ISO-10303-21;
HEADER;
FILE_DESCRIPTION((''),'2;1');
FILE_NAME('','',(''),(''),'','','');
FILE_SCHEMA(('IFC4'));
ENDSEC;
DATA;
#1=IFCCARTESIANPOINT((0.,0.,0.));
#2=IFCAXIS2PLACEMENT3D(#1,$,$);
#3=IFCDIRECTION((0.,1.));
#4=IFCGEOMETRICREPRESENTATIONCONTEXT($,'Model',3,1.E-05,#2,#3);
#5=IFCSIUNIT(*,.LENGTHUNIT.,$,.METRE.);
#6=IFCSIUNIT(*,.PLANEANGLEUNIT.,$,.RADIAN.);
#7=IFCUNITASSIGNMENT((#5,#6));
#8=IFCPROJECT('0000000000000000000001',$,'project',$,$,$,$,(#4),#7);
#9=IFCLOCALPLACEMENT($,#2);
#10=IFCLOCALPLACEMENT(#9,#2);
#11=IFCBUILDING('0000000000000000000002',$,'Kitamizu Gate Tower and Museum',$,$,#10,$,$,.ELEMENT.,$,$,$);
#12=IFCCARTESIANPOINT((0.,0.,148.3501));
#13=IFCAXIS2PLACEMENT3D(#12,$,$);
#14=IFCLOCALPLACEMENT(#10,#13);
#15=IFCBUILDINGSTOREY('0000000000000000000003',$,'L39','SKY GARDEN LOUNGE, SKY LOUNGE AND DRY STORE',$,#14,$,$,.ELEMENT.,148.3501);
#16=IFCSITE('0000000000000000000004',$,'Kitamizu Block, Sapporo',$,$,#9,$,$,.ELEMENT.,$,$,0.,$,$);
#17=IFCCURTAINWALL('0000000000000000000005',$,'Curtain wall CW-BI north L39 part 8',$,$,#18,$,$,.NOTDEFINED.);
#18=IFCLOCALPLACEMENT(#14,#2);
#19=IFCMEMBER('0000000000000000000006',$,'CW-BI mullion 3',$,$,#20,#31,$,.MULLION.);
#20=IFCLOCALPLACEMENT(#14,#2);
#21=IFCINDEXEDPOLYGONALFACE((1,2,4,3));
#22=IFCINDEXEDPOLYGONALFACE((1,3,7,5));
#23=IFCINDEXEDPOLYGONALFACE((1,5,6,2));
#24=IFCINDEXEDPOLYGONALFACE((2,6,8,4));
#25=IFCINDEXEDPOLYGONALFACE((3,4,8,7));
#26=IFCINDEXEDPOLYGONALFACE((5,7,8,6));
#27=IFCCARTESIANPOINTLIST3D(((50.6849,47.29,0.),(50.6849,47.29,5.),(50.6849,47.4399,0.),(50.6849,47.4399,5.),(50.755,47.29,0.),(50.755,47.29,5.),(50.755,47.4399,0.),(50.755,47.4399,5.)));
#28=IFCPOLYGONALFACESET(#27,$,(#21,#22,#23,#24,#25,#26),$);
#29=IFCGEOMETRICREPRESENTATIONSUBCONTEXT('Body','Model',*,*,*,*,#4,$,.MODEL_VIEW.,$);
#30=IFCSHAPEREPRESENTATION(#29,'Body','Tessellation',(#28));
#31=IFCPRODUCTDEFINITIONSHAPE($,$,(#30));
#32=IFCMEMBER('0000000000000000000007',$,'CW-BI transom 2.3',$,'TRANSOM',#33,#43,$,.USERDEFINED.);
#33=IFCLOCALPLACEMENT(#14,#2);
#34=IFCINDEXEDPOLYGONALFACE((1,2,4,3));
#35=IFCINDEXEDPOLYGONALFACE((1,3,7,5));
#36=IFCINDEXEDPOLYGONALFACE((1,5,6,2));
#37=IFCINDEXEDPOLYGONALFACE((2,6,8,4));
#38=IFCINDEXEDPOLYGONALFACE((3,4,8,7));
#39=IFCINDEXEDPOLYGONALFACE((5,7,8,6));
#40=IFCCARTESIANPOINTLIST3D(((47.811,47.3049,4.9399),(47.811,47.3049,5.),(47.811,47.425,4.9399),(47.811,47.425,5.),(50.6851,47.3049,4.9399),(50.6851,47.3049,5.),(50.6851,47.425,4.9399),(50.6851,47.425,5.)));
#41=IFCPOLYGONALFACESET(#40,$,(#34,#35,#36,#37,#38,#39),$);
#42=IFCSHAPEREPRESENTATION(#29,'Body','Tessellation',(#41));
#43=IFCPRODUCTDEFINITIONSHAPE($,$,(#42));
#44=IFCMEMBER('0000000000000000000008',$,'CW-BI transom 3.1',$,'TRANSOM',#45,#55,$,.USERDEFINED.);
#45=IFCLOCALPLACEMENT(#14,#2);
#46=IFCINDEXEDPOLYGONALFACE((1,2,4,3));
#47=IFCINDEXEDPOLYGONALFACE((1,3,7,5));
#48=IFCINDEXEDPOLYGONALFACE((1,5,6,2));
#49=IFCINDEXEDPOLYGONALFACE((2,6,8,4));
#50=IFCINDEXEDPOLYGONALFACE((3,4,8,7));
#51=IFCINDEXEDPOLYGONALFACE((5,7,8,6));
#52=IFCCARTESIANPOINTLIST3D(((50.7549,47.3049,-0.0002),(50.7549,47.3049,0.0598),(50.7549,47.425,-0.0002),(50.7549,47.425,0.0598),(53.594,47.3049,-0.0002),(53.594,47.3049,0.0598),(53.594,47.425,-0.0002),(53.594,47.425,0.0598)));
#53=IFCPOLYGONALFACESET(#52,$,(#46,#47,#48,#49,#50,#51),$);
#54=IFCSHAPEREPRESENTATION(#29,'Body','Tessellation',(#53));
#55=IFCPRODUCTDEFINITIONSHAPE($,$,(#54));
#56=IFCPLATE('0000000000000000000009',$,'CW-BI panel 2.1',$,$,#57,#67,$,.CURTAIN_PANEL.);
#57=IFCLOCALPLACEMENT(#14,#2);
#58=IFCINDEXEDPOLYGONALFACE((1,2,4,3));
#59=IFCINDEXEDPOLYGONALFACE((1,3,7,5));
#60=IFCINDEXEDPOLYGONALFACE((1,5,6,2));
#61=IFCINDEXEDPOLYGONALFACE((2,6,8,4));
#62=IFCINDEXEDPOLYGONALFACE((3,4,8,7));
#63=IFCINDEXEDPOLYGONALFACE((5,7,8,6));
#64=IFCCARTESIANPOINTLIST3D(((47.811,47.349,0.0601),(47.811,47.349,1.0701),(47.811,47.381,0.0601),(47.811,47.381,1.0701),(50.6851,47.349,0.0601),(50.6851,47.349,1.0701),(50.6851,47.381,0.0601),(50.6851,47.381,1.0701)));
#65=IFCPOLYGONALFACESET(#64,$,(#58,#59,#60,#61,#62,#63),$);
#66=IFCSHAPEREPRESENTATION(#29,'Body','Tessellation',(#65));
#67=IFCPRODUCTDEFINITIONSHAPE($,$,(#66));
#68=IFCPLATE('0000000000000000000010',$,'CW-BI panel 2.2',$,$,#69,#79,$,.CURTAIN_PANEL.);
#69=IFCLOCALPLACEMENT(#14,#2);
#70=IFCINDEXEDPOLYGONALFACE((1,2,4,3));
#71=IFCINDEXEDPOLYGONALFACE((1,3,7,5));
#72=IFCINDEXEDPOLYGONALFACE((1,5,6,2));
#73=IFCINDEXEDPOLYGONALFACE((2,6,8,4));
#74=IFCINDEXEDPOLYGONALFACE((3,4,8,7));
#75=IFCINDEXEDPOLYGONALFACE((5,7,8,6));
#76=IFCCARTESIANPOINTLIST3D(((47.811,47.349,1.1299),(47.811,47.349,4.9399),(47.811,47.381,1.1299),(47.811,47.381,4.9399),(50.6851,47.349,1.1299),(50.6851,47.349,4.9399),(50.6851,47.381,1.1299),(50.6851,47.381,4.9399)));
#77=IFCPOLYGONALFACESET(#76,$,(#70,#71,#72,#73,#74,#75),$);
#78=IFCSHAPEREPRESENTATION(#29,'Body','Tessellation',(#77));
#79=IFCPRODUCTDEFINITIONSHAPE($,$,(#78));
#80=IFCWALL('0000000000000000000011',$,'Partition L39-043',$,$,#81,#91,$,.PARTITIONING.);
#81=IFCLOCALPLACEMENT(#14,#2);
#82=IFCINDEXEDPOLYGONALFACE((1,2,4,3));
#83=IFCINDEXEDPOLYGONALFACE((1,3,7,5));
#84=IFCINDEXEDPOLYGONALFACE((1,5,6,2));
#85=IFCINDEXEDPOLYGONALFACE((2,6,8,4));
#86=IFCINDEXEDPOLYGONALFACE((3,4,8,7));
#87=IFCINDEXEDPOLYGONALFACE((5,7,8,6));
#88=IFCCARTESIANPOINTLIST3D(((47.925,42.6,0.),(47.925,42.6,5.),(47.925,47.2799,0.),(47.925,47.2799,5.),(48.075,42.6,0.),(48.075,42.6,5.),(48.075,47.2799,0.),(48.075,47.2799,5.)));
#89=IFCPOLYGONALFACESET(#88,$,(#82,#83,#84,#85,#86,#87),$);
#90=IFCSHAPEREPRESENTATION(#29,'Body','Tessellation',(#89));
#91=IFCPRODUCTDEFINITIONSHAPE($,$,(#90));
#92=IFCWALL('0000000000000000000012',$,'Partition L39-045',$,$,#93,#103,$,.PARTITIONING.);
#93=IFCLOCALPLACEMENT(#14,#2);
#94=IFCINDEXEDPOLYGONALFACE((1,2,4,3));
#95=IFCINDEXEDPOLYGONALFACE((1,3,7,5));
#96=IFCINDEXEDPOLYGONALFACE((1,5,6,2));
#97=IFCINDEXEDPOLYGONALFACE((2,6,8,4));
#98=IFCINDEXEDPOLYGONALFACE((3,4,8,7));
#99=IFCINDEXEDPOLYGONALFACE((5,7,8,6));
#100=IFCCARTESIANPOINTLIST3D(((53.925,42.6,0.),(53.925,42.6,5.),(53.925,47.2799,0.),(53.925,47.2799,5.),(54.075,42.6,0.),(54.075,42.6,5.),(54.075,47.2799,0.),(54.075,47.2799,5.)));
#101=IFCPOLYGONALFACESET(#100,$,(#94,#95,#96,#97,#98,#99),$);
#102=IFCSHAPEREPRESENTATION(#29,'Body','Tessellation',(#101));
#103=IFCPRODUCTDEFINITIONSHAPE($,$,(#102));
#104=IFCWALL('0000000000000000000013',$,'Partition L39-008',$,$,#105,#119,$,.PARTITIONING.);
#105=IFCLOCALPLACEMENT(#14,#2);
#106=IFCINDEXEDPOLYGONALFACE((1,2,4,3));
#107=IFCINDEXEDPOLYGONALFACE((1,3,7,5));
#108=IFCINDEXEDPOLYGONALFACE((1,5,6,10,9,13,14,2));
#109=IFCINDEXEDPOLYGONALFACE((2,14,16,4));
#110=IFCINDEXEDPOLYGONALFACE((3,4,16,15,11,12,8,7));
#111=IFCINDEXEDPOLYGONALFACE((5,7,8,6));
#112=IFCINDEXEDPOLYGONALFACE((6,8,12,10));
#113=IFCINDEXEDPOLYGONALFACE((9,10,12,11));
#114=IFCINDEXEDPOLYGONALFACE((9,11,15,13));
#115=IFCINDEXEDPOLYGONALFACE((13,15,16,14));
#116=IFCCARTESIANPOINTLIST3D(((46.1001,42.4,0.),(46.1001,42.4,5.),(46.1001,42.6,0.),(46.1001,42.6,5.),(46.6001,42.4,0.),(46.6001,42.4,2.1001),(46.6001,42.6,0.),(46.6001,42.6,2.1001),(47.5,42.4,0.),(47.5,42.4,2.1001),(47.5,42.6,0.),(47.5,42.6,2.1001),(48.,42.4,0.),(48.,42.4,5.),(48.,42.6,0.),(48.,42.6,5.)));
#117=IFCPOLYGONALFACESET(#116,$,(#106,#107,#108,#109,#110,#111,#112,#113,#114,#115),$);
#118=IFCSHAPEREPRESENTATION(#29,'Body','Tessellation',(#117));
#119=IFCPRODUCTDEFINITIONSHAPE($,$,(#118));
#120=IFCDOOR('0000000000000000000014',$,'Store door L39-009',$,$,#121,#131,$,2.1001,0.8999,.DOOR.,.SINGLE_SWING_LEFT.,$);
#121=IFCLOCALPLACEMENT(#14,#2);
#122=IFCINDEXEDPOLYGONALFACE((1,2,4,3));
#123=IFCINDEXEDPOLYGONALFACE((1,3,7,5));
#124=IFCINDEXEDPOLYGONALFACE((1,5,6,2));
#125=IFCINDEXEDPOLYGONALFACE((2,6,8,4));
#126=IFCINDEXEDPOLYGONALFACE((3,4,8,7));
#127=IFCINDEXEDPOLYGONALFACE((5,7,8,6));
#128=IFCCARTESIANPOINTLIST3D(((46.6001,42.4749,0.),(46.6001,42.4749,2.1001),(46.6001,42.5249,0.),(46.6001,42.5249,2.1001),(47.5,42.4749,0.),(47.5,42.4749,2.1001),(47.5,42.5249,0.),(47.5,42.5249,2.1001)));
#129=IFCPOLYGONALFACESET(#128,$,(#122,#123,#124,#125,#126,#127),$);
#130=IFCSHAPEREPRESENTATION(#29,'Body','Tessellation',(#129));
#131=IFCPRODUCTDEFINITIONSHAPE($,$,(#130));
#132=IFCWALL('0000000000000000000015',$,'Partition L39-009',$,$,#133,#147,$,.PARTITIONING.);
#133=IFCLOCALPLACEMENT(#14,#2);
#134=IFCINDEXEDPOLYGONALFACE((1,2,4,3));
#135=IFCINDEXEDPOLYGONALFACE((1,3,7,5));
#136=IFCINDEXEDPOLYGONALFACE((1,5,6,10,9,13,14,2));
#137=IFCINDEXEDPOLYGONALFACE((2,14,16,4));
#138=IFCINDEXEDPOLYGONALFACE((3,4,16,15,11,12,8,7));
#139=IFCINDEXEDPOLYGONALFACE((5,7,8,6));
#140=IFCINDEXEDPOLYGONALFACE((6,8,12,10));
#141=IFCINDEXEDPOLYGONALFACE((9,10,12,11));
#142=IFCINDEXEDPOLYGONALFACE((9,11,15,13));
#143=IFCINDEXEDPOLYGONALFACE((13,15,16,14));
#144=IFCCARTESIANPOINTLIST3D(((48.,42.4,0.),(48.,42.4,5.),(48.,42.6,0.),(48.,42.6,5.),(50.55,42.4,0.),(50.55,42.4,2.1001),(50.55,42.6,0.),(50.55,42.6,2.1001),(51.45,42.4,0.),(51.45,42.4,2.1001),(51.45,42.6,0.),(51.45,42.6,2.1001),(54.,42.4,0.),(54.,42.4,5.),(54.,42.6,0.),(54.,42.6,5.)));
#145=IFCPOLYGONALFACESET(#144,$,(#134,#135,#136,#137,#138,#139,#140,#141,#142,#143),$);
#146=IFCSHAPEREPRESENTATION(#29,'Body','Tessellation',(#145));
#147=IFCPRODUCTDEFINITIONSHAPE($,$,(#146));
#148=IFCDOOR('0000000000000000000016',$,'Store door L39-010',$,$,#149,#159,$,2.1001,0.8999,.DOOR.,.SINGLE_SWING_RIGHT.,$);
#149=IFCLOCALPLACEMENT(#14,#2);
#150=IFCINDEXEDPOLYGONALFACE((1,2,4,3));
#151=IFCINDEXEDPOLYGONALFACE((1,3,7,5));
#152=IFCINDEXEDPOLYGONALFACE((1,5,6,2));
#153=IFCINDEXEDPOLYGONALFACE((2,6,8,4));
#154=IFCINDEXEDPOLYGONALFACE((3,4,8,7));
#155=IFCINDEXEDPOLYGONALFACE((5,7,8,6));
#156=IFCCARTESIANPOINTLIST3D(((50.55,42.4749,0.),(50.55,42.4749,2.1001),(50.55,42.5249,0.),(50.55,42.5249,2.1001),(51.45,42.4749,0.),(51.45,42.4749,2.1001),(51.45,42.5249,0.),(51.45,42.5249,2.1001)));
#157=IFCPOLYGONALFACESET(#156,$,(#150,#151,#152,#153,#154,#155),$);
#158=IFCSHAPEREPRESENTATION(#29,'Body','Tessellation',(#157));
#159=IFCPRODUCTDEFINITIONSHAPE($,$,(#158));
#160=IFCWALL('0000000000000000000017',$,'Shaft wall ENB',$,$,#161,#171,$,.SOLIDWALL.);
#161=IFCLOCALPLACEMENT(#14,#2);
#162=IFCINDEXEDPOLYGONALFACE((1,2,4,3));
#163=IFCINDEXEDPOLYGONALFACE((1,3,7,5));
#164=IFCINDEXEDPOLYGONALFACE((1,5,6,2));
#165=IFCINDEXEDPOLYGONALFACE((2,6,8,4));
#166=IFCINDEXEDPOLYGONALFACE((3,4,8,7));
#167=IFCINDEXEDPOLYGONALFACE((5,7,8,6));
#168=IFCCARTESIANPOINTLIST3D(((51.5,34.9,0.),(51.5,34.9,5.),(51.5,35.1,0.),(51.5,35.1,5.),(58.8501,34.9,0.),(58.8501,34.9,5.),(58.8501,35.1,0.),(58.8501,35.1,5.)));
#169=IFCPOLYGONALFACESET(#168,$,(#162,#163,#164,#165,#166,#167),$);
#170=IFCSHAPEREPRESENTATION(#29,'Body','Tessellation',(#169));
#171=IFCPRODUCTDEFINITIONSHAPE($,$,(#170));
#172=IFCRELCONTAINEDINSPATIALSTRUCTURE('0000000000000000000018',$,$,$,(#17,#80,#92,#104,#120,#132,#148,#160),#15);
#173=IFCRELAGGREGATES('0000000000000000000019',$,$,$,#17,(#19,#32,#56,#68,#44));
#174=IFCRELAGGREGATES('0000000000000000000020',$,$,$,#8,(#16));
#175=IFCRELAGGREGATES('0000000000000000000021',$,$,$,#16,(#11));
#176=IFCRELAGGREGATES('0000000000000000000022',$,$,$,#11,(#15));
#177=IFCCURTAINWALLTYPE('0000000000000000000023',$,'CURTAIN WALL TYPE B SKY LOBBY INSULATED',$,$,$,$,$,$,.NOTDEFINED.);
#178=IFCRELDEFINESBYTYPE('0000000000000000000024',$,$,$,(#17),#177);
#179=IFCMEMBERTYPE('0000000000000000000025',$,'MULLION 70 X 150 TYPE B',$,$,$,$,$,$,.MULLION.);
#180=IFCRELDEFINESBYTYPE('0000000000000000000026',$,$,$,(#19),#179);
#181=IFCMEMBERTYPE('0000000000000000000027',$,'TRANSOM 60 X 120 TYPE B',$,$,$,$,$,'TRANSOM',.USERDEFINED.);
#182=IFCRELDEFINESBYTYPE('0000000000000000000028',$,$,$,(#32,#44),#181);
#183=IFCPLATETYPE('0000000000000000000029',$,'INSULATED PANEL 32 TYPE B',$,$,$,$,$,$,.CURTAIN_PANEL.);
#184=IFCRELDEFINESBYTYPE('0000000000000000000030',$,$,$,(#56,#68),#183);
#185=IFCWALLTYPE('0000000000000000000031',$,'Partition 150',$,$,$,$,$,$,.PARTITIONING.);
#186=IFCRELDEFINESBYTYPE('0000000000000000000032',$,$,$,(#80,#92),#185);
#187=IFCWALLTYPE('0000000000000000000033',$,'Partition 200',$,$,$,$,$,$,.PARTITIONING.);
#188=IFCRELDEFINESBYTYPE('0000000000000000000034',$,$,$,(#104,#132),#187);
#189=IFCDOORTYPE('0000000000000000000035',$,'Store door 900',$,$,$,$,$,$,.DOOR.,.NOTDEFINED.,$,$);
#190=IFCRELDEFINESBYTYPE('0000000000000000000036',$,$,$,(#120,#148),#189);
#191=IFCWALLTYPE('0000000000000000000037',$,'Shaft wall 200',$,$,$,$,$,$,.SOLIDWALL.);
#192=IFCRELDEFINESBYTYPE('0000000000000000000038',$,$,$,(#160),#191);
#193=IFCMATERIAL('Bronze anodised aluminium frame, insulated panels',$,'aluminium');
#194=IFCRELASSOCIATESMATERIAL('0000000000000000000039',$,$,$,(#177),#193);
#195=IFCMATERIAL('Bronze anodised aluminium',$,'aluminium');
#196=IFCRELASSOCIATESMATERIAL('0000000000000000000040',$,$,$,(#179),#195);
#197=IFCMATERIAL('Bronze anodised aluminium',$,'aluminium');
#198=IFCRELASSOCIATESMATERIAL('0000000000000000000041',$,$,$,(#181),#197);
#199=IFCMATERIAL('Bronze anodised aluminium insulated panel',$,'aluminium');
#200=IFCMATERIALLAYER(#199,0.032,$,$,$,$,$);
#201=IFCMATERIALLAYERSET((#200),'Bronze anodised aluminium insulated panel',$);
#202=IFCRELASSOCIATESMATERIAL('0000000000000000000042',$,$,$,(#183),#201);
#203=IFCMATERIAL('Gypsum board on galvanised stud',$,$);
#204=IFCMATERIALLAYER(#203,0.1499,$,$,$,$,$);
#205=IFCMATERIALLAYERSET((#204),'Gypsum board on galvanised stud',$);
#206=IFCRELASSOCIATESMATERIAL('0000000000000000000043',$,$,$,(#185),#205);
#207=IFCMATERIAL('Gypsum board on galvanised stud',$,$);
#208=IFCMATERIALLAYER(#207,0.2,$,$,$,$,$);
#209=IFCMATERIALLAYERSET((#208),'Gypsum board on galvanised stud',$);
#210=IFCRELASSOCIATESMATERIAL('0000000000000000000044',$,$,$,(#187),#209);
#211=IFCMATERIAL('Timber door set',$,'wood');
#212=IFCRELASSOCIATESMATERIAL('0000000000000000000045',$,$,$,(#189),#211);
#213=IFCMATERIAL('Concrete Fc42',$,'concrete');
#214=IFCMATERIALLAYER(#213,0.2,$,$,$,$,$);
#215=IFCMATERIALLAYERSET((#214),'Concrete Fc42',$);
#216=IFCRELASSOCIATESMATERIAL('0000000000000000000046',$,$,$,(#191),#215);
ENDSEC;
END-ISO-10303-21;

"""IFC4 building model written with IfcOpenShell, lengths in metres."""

from ifc_helpers import new_model, si_unit, direction, frame, frame_2d, origin, origin_2d, place, context, subcontext, project, spatial, rectangle, extrude, material, layer, layer_set, material_profile, profile_set, type_object, element, fill, aggregate, save


model = new_model("IFC4")

# Units and contexts
model_context = context("Model", 3, precision=1e-05, world=origin(), true_north=direction((0.0, 1.0)))
body_context = subcontext(model_context, "Body", "Model", "MODEL_VIEW")
ifc_project = project(units=[si_unit("LENGTHUNIT", "METRE"), si_unit("PLANEANGLEUNIT", "RADIAN")], contexts=[model_context])

# Site, building, storey
site_placement = place(None, origin())
site = spatial("IfcSite", under=ifc_project, at=site_placement, Name="Kitamizu Block, Sapporo", CompositionType="ELEMENT", RefElevation=0.0)
building_placement = place(site_placement, origin())
building = spatial("IfcBuilding", under=site, at=building_placement, Name="Kitamizu Gate Tower and Museum", CompositionType="ELEMENT")
storey_placement = place(building_placement, frame((0.0, 0.0, 148.3501)))
storey = spatial("IfcBuildingStorey", under=building, at=storey_placement, Name="L39", Description="SKY GARDEN LOUNGE, SKY LOUNGE AND DRY STORE", CompositionType="ELEMENT", Elevation=148.3501)

# Curtain wall, members, plates
ifc_material_1 = material(Name="Bronze anodised aluminium frame, insulated panels", Category="aluminium")
curtain_wall_type = type_object("IfcCurtainWallType", Name="CURTAIN WALL TYPE B SKY LOBBY INSULATED", PredefinedType="NOTDEFINED", material=ifc_material_1)
curtain_wall_placement = place(storey_placement, origin())
curtain_wall = element("IfcCurtainWall", 1, at=curtain_wall_placement, inside=storey, type_object=curtain_wall_type, Name="Curtain wall CW-BI north L39 part 8", PredefinedType="NOTDEFINED")
ifc_material_2 = material(Name="Bronze anodised aluminium", Category="aluminium")
ifc_material_profile_1 = material_profile(ifc_material_2, rectangle(XDim=0.0701, YDim=0.1499, at=origin_2d()), Name="AL 70X150")
ifc_profile_set_1 = profile_set([ifc_material_profile_1], Name="Bronze anodised aluminium")
member_type_1 = type_object("IfcMemberType", Name="MULLION 70 X 150 TYPE B", PredefinedType="MULLION", material=ifc_profile_set_1)
member_1_placement = place(storey_placement, frame((50.72, 47.365, 0.0), z_axis=(0.0, 0.0, 1.0), x_axis=(1.0, 0.0, 0.0)))
member_1 = element("IfcMember", 2, at=member_1_placement, type_object=member_type_1, Name="CW-BI mullion 3", PredefinedType="MULLION", context=body_context, shape_type="SweptSolid", body=[
    extrude(rectangle(XDim=0.0701, YDim=0.1499, at=origin_2d()), origin(), (0.0, 0.0, 1.0), 5.0),
])
ifc_material_3 = material(Name="Bronze anodised aluminium", Category="aluminium")
ifc_material_profile_2 = material_profile(ifc_material_3, rectangle(XDim=0.1201, YDim=0.0601, at=origin_2d()), Name="AL 60X120")
ifc_profile_set_2 = profile_set([ifc_material_profile_2], Name="Bronze anodised aluminium")
member_type_2 = type_object("IfcMemberType", Name="TRANSOM 60 X 120 TYPE B", ElementType="TRANSOM", PredefinedType="USERDEFINED", material=ifc_profile_set_2)
member_2_placement = place(storey_placement, frame((47.811, 47.365, 4.97), z_axis=(1.0, 0.0, 0.0), x_axis=(0.0, 1.0, 0.0)))
member_2 = element("IfcMember", 3, at=member_2_placement, type_object=member_type_2, Name="CW-BI transom 2.3", ObjectType="TRANSOM", PredefinedType="USERDEFINED", context=body_context, shape_type="SweptSolid", body=[
    extrude(rectangle(XDim=0.1201, YDim=0.0601, at=origin_2d()), origin(), (0.0, 0.0, 1.0), 2.874),
])
member_3_placement = place(storey_placement, frame((50.7549, 47.365, 0.0298), z_axis=(1.0, 0.0, 0.0), x_axis=(0.0, 1.0, 0.0)))
member_3 = element("IfcMember", 4, at=member_3_placement, type_object=member_type_2, Name="CW-BI transom 3.1", ObjectType="TRANSOM", PredefinedType="USERDEFINED", context=body_context, shape_type="SweptSolid", body=[
    extrude(rectangle(XDim=0.1201, YDim=0.0601, at=origin_2d()), origin(), (0.0, 0.0, 1.0), 2.8391),
])
ifc_material_4 = material(Name="Bronze anodised aluminium insulated panel", Category="aluminium")
ifc_layer_1 = layer(ifc_material_4, 0.032)
ifc_layer_set_1 = layer_set([ifc_layer_1], Name="Bronze anodised aluminium insulated panel")
plate_type = type_object("IfcPlateType", Name="INSULATED PANEL 32 TYPE B", PredefinedType="CURTAIN_PANEL", material=ifc_layer_set_1)
plate_1_placement = place(storey_placement, frame((49.248, 47.365, 0.0601), z_axis=(0.0, 0.0, 1.0), x_axis=(1.0, 0.0, 0.0)))
plate_1 = element("IfcPlate", 5, at=plate_1_placement, type_object=plate_type, Name="CW-BI panel 2.1", PredefinedType="CURTAIN_PANEL", context=body_context, shape_type="SweptSolid", body=[
    extrude(rectangle(XDim=2.874, YDim=0.032, at=origin_2d()), origin(), (0.0, 0.0, 1.0), 1.01),
])
plate_2_placement = place(storey_placement, frame((49.248, 47.365, 1.1299), z_axis=(0.0, 0.0, 1.0), x_axis=(1.0, 0.0, 0.0)))
plate_2 = element("IfcPlate", 6, at=plate_2_placement, type_object=plate_type, Name="CW-BI panel 2.2", PredefinedType="CURTAIN_PANEL", context=body_context, shape_type="SweptSolid", body=[
    extrude(rectangle(XDim=2.874, YDim=0.032, at=origin_2d()), origin(), (0.0, 0.0, 1.0), 3.8101),
])
aggregate(curtain_wall, [member_1, member_2, plate_1, plate_2, member_3])

# Walls
ifc_material_5 = material(Name="Gypsum board on galvanised stud")
ifc_layer_2 = layer(ifc_material_5, 0.1499)
ifc_layer_set_2 = layer_set([ifc_layer_2], Name="Gypsum board on galvanised stud")
wall_type_1 = type_object("IfcWallType", Name="Partition 150", PredefinedType="PARTITIONING", material=ifc_layer_set_2)
for number, where, z_axis, x_axis, name in (
    (7, (48.0, 42.6001, 0.0), (0.0, 0.0, 1.0), (0.0, 1.0, 0.0), "Partition L39-043"),
    (8, (54.0, 42.6001, 0.0), (0.0, 0.0, 1.0), (0.0, 1.0, 0.0), "Partition L39-045"),
):
    element("IfcWall", number, at=place(storey_placement, frame(where, z_axis=z_axis, x_axis=x_axis)), inside=storey, type_object=wall_type_1, Name=name, PredefinedType="PARTITIONING", context=body_context, shape_type="SweptSolid", body=[
        extrude(rectangle(XDim=4.6799, YDim=0.1499, at=frame_2d((2.3398, 0.0))), origin(), (0.0, 0.0, 1.0), 5.0),
    ])

# Walls, openings, doors
ifc_material_6 = material(Name="Gypsum board on galvanised stud")
ifc_layer_3 = layer(ifc_material_6, 0.2)
ifc_layer_set_3 = layer_set([ifc_layer_3], Name="Gypsum board on galvanised stud")
wall_type_2 = type_object("IfcWallType", Name="Partition 200", PredefinedType="PARTITIONING", material=ifc_layer_set_3)
wall_1_placement = place(storey_placement, frame((48.0, 42.5, 0.0), z_axis=(0.0, 0.0, 1.0), x_axis=(-1.0, 0.0, 0.0)))
wall_1 = element("IfcWall", 9, at=wall_1_placement, inside=storey, type_object=wall_type_2, Name="Partition L39-008", PredefinedType="PARTITIONING", context=body_context, shape_type="SweptSolid", body=[
    extrude(rectangle(XDim=1.8999, YDim=0.2, at=frame_2d((0.95, 0.0))), origin(), (0.0, 0.0, 1.0), 5.0),
])
opening_1_placement = place(wall_1_placement, frame((0.5, 0.0, 0.0)))
opening_1 = element("IfcOpeningElement", 10, at=opening_1_placement, cuts=wall_1, PredefinedType="OPENING", context=body_context, shape_type="SweptSolid", body=[
    extrude(rectangle(XDim=0.8999, YDim=2.1001, at=frame_2d((0.45, 1.05))), frame((0.0, 0.1099, 0.0), z_axis=(0.0, -1.0, 0.0), x_axis=(1.0, 0.0, 0.0)), (0.0, 0.0, 1.0), 0.22),
])
ifc_material_7 = material(Name="Timber door set", Category="wood")
door_type_1 = type_object("IfcDoorType", Name="Store door 900", OperationType="NOTDEFINED", PredefinedType="DOOR", material=ifc_material_7)
door_1_placement = place(opening_1_placement, frame((0.8999, 0.0, 0.0), x_axis=(-1.0, 0.0, 0.0)))
door_1 = element("IfcDoor", 11, at=door_1_placement, inside=storey, type_object=door_type_1, Name="Store door L39-009", OperationType="SINGLE_SWING_LEFT", OverallHeight=2.1001, OverallWidth=0.8999, PredefinedType="DOOR", context=body_context, shape_type="SweptSolid", body=[
    extrude(rectangle(XDim=0.8999, YDim=2.1001, at=frame_2d((0.45, 1.05))), frame((0.0, 0.0249, 0.0), z_axis=(0.0, -1.0, 0.0), x_axis=(1.0, 0.0, 0.0)), (0.0, 0.0, 1.0), 0.05),
])
fill(opening_1, door_1)
wall_2_placement = place(storey_placement, frame((54.0, 42.5, 0.0), z_axis=(0.0, 0.0, 1.0), x_axis=(-1.0, 0.0, 0.0)))
wall_2 = element("IfcWall", 12, at=wall_2_placement, inside=storey, type_object=wall_type_2, Name="Partition L39-009", PredefinedType="PARTITIONING", context=body_context, shape_type="SweptSolid", body=[
    extrude(rectangle(XDim=6.0, YDim=0.2, at=frame_2d((3.0, 0.0))), origin(), (0.0, 0.0, 1.0), 5.0),
])
opening_2_placement = place(wall_2_placement, frame((2.55, 0.0, 0.0)))
opening_2 = element("IfcOpeningElement", 13, at=opening_2_placement, cuts=wall_2, PredefinedType="OPENING", context=body_context, shape_type="SweptSolid", body=[
    extrude(rectangle(XDim=0.8999, YDim=2.1001, at=frame_2d((0.45, 1.05))), frame((0.0, 0.1099, 0.0), z_axis=(0.0, -1.0, 0.0), x_axis=(1.0, 0.0, 0.0)), (0.0, 0.0, 1.0), 0.22),
])
door_2_placement = place(opening_2_placement, frame((0.8999, 0.0, 0.0), x_axis=(-1.0, 0.0, 0.0)))
door_2 = element("IfcDoor", 14, at=door_2_placement, inside=storey, type_object=door_type_1, Name="Store door L39-010", OperationType="SINGLE_SWING_RIGHT", OverallHeight=2.1001, OverallWidth=0.8999, PredefinedType="DOOR", context=body_context, shape_type="SweptSolid", body=[
    extrude(rectangle(XDim=0.8999, YDim=2.1001, at=frame_2d((0.45, 1.05))), frame((0.0, 0.0249, 0.0), z_axis=(0.0, -1.0, 0.0), x_axis=(1.0, 0.0, 0.0)), (0.0, 0.0, 1.0), 0.05),
])
fill(opening_2, door_2)

# Wall
ifc_material_8 = material(Name="Concrete Fc42", Category="concrete")
ifc_layer_4 = layer(ifc_material_8, 0.2)
ifc_layer_set_4 = layer_set([ifc_layer_4], Name="Concrete Fc42")
wall_type_3 = type_object("IfcWallType", Name="Shaft wall 200", PredefinedType="SOLIDWALL", material=ifc_layer_set_4)
wall_3_placement = place(storey_placement, frame((58.8501, 35.0, 0.0), z_axis=(0.0, 0.0, 1.0), x_axis=(-1.0, 0.0, 0.0)))
element("IfcWall", 15, at=wall_3_placement, inside=storey, type_object=wall_type_3, Name="Shaft wall ENB", PredefinedType="SOLIDWALL", context=body_context, shape_type="SweptSolid", body=[
    extrude(rectangle(XDim=7.3501, YDim=0.2, at=frame_2d((3.675, 0.0))), origin(), (0.0, 0.0, 1.0), 5.0),
])

save(model, "model.ifc")
